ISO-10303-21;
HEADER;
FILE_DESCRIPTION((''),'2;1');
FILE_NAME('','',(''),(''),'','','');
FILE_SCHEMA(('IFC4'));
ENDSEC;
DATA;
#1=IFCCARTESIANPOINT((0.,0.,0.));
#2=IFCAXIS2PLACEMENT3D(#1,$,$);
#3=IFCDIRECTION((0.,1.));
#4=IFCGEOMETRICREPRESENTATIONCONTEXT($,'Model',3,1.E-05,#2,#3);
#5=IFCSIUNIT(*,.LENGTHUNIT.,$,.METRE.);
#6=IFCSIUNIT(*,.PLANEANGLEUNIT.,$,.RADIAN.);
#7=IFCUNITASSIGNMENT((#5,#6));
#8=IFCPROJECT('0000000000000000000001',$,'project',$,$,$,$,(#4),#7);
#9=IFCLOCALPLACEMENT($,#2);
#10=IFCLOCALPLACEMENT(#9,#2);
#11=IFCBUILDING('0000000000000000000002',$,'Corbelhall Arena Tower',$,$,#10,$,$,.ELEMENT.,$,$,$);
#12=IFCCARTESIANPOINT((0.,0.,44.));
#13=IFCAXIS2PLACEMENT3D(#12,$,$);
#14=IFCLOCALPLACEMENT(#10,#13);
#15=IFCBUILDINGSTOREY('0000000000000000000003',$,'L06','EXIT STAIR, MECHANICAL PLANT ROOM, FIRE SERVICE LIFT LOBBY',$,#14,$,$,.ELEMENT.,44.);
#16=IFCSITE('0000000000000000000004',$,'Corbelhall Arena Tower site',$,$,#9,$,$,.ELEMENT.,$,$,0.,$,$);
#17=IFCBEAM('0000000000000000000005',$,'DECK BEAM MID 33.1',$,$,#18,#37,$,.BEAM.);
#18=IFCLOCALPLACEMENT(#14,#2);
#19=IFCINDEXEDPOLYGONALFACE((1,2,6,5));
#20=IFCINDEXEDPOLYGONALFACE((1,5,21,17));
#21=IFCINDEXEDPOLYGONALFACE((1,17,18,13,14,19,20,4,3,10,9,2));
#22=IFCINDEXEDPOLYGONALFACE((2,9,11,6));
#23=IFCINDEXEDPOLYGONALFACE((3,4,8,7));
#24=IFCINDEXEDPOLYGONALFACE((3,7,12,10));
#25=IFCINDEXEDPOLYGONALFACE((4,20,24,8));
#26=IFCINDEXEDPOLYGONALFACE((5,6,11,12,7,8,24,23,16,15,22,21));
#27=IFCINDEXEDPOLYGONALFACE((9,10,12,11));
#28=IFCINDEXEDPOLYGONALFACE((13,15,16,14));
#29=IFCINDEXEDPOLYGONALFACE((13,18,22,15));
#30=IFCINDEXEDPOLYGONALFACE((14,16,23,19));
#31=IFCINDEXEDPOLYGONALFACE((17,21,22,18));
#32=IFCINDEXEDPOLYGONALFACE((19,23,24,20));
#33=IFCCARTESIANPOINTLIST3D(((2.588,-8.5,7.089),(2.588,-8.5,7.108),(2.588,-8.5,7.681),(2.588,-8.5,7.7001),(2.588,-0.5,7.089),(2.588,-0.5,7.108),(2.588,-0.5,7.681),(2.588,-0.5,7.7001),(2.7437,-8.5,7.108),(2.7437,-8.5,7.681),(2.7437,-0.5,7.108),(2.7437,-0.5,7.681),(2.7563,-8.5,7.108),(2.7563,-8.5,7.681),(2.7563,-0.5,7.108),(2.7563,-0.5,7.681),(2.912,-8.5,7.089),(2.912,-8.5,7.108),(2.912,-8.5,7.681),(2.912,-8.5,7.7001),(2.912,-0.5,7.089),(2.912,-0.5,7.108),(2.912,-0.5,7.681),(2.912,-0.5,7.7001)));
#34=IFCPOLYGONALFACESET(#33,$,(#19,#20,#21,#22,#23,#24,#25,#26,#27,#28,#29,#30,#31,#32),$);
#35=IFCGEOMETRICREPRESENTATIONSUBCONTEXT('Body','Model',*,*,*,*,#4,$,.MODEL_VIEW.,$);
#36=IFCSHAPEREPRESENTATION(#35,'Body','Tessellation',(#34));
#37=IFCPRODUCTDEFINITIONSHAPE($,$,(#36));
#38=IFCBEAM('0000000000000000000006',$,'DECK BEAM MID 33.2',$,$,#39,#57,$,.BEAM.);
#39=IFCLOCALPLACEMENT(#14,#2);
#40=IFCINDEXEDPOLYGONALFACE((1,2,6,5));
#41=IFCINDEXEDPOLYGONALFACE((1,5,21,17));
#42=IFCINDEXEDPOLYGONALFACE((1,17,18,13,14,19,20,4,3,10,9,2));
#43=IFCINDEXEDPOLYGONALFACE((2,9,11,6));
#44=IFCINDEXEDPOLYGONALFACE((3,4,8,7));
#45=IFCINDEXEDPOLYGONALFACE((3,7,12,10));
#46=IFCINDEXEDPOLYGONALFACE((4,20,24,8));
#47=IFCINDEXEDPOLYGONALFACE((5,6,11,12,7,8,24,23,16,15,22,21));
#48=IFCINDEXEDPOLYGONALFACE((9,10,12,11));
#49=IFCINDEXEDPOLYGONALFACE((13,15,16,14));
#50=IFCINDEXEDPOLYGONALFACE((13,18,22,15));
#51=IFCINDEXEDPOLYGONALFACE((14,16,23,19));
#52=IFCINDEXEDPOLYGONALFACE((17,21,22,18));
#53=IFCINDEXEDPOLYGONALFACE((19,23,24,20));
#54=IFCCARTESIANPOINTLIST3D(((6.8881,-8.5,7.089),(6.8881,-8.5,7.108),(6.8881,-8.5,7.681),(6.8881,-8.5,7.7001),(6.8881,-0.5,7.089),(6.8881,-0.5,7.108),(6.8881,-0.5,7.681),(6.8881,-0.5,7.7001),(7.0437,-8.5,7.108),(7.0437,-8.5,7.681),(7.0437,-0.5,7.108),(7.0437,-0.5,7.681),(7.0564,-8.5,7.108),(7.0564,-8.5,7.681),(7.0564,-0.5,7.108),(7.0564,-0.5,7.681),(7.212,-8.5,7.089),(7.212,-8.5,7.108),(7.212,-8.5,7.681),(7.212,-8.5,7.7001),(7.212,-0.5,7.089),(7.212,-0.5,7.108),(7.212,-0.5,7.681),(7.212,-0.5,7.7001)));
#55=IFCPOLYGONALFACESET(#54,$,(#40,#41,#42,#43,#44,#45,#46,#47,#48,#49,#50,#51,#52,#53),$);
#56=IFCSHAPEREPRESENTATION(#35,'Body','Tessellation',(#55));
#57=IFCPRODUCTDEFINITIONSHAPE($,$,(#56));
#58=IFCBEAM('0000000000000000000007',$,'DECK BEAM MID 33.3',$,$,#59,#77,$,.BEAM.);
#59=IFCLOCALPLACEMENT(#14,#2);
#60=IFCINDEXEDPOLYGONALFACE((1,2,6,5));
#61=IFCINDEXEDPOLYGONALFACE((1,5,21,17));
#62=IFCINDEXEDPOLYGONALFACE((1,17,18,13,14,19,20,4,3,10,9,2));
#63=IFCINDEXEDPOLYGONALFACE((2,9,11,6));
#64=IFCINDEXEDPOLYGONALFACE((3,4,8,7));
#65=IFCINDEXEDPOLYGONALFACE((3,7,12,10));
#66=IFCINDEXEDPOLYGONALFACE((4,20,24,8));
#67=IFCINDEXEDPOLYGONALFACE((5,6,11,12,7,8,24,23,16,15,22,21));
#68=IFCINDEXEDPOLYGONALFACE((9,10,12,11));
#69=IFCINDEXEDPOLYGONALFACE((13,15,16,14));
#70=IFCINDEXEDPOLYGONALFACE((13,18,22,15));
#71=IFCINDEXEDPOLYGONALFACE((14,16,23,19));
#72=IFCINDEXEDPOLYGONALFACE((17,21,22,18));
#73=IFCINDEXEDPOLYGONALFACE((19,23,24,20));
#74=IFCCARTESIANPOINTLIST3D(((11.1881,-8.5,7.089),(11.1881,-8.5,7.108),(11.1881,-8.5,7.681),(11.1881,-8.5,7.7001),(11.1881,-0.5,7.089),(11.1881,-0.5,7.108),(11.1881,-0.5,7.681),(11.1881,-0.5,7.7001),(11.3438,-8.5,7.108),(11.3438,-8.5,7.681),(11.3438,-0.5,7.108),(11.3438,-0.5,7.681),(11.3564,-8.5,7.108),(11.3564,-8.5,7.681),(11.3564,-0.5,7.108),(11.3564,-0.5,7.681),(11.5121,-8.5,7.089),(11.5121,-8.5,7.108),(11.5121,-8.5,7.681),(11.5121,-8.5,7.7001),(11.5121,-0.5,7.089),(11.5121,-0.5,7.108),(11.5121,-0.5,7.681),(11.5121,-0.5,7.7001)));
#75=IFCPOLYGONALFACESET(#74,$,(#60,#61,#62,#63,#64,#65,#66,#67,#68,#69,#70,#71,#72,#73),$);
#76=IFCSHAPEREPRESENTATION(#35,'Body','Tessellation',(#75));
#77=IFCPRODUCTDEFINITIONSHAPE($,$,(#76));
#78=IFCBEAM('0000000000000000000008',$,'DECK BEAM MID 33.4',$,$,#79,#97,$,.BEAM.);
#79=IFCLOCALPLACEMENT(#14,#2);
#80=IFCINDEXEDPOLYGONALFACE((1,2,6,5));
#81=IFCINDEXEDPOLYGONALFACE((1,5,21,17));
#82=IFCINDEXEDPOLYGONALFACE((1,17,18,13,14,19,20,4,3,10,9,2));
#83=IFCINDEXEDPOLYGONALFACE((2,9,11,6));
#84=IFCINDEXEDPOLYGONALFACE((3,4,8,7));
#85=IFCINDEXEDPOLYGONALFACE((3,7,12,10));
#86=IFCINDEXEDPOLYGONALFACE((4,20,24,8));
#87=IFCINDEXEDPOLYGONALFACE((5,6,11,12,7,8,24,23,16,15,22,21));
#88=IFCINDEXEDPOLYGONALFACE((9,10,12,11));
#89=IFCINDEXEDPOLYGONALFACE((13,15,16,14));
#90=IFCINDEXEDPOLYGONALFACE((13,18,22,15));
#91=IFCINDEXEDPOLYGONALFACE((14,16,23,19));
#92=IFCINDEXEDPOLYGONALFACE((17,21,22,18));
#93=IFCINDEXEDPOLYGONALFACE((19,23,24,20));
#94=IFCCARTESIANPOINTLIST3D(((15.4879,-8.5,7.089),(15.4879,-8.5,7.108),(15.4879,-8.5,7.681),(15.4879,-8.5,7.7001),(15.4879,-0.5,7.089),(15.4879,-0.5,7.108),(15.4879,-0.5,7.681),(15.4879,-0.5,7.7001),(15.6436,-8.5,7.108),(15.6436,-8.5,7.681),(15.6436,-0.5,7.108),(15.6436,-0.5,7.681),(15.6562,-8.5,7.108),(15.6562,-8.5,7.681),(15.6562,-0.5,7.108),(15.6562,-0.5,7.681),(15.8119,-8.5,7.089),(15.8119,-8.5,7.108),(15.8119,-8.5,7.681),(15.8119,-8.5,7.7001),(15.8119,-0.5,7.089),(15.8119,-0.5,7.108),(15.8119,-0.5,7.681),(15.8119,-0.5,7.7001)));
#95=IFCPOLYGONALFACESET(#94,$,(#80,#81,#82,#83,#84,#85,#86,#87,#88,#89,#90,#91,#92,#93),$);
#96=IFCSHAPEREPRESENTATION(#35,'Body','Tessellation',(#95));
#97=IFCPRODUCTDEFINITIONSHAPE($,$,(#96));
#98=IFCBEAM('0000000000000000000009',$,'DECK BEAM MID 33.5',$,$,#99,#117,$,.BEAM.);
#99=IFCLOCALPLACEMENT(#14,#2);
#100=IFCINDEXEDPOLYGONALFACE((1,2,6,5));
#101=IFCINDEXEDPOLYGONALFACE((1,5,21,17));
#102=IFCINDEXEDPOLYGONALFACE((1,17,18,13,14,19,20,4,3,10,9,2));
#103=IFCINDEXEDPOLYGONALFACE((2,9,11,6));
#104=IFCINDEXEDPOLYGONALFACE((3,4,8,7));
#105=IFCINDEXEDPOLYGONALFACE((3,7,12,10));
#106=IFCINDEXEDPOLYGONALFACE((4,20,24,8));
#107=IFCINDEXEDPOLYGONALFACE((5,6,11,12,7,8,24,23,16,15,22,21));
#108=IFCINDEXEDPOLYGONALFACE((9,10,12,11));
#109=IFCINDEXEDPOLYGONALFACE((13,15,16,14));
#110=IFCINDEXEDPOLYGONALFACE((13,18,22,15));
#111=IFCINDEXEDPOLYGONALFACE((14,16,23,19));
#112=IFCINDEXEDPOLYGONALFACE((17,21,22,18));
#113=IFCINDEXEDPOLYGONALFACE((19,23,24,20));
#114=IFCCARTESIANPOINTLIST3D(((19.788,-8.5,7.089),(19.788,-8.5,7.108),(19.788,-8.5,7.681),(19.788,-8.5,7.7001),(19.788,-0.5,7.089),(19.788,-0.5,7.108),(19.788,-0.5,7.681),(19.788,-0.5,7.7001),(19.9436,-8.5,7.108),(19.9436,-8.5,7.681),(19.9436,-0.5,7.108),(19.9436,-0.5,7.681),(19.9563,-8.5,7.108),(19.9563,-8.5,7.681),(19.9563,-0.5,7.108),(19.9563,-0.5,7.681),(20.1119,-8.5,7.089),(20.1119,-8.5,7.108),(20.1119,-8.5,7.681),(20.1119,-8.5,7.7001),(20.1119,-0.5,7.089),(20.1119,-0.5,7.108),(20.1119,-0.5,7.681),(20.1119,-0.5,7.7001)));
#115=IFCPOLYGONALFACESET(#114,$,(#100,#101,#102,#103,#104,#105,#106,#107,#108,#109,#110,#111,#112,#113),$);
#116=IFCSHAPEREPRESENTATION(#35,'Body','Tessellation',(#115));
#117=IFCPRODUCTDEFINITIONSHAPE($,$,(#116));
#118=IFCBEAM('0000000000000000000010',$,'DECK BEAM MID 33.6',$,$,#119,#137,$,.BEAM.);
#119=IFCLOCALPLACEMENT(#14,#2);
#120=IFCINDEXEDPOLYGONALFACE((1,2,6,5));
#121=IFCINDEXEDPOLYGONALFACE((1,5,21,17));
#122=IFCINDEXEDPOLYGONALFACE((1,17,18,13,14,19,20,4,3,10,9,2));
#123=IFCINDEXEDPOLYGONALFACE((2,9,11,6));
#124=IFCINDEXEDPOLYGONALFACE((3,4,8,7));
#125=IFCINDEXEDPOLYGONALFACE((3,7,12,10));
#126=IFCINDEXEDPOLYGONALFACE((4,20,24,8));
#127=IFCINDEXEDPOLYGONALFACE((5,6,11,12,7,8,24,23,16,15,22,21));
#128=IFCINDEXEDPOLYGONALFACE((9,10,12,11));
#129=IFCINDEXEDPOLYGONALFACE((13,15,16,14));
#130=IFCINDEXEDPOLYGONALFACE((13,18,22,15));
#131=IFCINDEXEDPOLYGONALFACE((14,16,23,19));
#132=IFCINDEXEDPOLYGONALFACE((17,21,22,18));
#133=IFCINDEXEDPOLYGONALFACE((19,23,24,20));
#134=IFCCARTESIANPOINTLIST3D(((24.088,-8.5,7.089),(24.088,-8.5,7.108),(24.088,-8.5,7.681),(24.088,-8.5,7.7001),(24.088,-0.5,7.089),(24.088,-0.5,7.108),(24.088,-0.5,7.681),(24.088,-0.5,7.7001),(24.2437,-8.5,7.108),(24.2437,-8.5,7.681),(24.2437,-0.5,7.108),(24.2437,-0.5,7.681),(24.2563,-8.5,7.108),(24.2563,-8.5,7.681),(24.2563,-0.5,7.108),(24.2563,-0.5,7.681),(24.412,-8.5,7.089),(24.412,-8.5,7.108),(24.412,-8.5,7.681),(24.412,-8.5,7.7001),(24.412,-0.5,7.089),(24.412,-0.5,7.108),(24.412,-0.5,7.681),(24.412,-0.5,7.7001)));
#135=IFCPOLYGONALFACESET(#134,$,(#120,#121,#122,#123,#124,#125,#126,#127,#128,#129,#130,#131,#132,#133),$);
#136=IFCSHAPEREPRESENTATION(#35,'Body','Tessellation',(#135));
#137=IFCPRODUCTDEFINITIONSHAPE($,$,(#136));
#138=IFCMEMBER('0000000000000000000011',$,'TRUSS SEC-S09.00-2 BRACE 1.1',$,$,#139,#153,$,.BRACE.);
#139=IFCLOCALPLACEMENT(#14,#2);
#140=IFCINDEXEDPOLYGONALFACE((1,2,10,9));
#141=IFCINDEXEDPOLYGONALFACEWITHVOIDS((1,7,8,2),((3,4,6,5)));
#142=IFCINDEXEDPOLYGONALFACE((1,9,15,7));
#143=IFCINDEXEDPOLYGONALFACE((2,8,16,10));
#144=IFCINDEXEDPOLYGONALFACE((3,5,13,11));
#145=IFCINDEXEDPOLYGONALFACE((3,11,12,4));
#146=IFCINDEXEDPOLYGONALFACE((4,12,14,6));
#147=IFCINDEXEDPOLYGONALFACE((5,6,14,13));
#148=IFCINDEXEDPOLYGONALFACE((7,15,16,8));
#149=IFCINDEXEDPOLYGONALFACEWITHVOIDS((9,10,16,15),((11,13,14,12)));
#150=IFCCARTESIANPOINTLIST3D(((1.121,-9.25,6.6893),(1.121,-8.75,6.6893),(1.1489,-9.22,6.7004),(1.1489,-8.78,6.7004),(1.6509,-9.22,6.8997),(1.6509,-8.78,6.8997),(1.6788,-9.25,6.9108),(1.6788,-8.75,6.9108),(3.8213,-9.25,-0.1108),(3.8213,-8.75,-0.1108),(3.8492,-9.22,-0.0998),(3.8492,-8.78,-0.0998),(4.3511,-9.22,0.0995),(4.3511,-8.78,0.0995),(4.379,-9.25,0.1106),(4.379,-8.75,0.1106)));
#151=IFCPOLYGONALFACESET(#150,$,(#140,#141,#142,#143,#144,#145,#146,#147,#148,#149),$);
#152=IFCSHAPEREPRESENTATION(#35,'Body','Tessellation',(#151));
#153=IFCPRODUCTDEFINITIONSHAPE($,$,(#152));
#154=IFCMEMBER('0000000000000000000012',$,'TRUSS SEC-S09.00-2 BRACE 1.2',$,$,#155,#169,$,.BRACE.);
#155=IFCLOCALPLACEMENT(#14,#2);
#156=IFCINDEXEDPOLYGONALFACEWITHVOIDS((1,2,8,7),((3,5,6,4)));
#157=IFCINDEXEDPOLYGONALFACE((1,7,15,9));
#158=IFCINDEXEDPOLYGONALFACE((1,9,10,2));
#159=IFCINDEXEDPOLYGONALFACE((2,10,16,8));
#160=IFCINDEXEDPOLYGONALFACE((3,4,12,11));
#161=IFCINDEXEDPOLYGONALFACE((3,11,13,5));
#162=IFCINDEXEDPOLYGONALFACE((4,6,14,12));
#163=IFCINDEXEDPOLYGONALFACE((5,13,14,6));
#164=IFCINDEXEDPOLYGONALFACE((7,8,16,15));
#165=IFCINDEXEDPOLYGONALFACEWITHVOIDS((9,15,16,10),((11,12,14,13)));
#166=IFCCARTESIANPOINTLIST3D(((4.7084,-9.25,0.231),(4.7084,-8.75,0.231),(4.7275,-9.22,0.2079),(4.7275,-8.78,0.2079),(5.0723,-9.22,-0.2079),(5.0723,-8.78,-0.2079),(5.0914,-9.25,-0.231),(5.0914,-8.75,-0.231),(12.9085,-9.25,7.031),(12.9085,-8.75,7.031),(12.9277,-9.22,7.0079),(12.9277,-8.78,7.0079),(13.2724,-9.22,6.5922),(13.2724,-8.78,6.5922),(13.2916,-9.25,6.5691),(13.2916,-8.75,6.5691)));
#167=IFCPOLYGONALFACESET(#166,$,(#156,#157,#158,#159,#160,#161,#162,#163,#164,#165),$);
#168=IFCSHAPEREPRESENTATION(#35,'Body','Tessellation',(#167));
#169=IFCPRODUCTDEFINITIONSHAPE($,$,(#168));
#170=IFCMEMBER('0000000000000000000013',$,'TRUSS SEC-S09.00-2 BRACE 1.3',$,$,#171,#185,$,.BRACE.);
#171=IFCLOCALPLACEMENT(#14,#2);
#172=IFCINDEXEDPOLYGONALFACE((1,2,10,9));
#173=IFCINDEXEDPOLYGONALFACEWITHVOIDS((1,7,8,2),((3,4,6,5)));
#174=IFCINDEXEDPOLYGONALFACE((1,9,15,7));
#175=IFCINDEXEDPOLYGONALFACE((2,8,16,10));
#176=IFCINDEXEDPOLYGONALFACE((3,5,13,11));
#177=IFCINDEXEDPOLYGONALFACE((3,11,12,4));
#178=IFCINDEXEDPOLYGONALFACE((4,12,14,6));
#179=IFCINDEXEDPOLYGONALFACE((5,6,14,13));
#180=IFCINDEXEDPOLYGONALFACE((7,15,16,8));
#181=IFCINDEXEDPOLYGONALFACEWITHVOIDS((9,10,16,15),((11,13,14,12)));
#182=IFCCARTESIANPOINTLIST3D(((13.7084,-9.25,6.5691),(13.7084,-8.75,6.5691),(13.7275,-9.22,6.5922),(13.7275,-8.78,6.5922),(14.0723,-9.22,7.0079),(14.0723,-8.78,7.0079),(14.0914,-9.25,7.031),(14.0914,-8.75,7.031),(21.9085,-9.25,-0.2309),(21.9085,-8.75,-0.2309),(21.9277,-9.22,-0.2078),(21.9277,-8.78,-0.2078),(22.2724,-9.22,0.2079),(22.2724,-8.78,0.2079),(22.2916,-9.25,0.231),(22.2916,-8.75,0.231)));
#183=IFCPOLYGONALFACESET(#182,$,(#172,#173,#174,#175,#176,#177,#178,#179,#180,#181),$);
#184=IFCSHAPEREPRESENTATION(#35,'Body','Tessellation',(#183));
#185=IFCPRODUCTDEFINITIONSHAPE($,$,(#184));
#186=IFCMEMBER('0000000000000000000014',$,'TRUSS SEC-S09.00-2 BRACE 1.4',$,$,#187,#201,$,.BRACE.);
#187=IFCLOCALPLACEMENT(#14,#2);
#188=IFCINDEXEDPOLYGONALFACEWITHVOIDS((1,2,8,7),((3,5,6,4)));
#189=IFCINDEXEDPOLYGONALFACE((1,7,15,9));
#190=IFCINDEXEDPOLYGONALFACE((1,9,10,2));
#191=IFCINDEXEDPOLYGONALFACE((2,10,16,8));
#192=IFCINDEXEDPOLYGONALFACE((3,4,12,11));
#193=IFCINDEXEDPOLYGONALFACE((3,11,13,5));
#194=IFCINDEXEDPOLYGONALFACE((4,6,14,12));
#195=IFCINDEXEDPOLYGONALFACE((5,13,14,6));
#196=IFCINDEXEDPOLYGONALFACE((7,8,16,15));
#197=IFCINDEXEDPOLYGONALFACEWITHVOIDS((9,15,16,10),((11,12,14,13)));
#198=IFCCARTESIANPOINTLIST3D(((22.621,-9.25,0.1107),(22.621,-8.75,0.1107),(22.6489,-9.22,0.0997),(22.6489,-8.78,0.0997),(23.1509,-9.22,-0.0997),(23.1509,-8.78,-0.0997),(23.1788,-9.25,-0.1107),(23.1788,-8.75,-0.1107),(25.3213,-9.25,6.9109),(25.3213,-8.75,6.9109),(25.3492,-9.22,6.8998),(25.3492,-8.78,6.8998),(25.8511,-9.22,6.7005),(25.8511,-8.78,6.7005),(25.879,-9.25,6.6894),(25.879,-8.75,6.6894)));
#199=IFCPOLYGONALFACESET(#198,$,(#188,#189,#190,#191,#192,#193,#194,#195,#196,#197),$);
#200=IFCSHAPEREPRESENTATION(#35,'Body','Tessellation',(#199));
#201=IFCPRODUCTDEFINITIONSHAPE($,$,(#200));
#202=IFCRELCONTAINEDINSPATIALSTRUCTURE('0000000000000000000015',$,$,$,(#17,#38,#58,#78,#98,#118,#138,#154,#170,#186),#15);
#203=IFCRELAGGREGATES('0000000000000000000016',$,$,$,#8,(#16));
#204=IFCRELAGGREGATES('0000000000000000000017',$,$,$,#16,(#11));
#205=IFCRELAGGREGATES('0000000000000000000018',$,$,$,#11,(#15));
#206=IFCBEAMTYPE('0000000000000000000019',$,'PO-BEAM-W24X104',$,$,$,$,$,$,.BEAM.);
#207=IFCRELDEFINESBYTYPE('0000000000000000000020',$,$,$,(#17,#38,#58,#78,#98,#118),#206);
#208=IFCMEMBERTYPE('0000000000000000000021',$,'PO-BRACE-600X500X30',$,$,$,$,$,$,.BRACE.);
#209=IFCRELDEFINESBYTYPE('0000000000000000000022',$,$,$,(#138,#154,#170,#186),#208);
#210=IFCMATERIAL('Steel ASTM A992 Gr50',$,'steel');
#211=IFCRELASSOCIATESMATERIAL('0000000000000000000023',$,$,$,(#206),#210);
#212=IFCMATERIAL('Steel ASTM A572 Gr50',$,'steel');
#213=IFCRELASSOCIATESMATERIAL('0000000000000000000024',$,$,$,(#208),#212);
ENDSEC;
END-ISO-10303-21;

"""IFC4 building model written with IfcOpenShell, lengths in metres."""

from ifc_helpers import new_model, si_unit, direction, frame, origin, origin_2d, place, context, subcontext, project, spatial, hollow_rectangle, i_section, extrude, material, material_profile, profile_set, type_object, element, save


model = new_model("IFC4")

# Units and contexts
model_context = context("Model", 3, precision=1e-05, world=origin(), true_north=direction((0.0, 1.0)))
body_context = subcontext(model_context, "Body", "Model", "MODEL_VIEW")
ifc_project = project(units=[si_unit("LENGTHUNIT", "METRE"), si_unit("PLANEANGLEUNIT", "RADIAN")], contexts=[model_context])

# Site, building, storey
site_placement = place(None, origin())
site = spatial("IfcSite", under=ifc_project, at=site_placement, Name="Corbelhall Arena Tower site", CompositionType="ELEMENT", RefElevation=0.0)
building_placement = place(site_placement, origin())
building = spatial("IfcBuilding", under=site, at=building_placement, Name="Corbelhall Arena Tower", CompositionType="ELEMENT")
storey_placement = place(building_placement, frame((0.0, 0.0, 44.0)))
storey = spatial("IfcBuildingStorey", under=building, at=storey_placement, Name="L06", Description="EXIT STAIR, MECHANICAL PLANT ROOM, FIRE SERVICE LIFT LOBBY", CompositionType="ELEMENT", Elevation=44.0)

# Beams
ifc_material_1 = material(Name="Steel ASTM A992 Gr50", Category="steel")
ifc_material_profile_1 = material_profile(ifc_material_1, i_section(OverallWidth=0.324, OverallDepth=0.6111, WebThickness=0.0127, FlangeThickness=0.019, at=origin_2d()))
ifc_profile_set_1 = profile_set([ifc_material_profile_1], Name="Steel ASTM A992 Gr50")
beam_type = type_object("IfcBeamType", Name="PO-BEAM-W24X104", PredefinedType="BEAM", material=ifc_profile_set_1)
for number, where, z_axis, x_axis, name in (
    (1, (2.75, -8.5, 7.3945), (0.0, 1.0, 0.0), (-1.0, 0.0, 0.0), "DECK BEAM MID 33.1"),
    (2, (7.05, -8.5, 7.3945), (0.0, 1.0, 0.0), (-1.0, 0.0, 0.0), "DECK BEAM MID 33.2"),
    (3, (11.3501, -8.5, 7.3945), (0.0, 1.0, 0.0), (-1.0, 0.0, 0.0), "DECK BEAM MID 33.3"),
    (4, (15.6499, -8.5, 7.3945), (0.0, 1.0, 0.0), (-1.0, 0.0, 0.0), "DECK BEAM MID 33.4"),
    (5, (19.95, -8.5, 7.3945), (0.0, 1.0, 0.0), (-1.0, 0.0, 0.0), "DECK BEAM MID 33.5"),
    (6, (24.25, -8.5, 7.3945), (0.0, 1.0, 0.0), (-1.0, 0.0, 0.0), "DECK BEAM MID 33.6"),
):
    element("IfcBeam", number, at=place(storey_placement, frame(where, z_axis=z_axis, x_axis=x_axis)), inside=storey, type_object=beam_type, Name=name, PredefinedType="BEAM", context=body_context, shape_type="SweptSolid", body=[
        extrude(i_section(OverallWidth=0.324, OverallDepth=0.6111, WebThickness=0.0127, FlangeThickness=0.019, at=origin_2d()), origin(), (0.0, 0.0, 1.0), 8.0),
    ])

# Members
ifc_material_2 = material(Name="Steel ASTM A572 Gr50", Category="steel")
ifc_material_profile_2 = material_profile(ifc_material_2, hollow_rectangle(XDim=0.5, YDim=0.6001, WallThickness=0.03, at=origin_2d()))
ifc_profile_set_2 = profile_set([ifc_material_profile_2], Name="Steel ASTM A572 Gr50")
member_type_1 = type_object("IfcMemberType", Name="PO-BRACE-600X500X30", PredefinedType="BRACE", material=ifc_profile_set_2)
member_1_placement = place(storey_placement, frame((1.3999, -9.0, 6.8), z_axis=(0.369054, 0.0, -0.929408), x_axis=(0.0, 1.0, 0.0)))
element("IfcMember", 7, at=member_1_placement, inside=storey, type_object=member_type_1, Name="TRUSS SEC-S09.00-2 BRACE 1.1", PredefinedType="BRACE", context=body_context, shape_type="SweptSolid", body=[
    extrude(hollow_rectangle(XDim=0.5, YDim=0.6001, WallThickness=0.03, at=origin_2d()), origin(), (0.0, 0.0, 1.0), 7.3167),
])
for number, where, z_axis, x_axis, name in (
    (8, (4.8999, -9.0, 0.0), (0.769763, 0.0, 0.63833), (0.0, 1.0, 0.0), "TRUSS SEC-S09.00-2 BRACE 1.2"),
    (9, (13.8999, -9.0, 6.8), (0.769763, 0.0, -0.63833), (0.0, 1.0, 0.0), "TRUSS SEC-S09.00-2 BRACE 1.3"),
):
    element("IfcMember", number, at=place(storey_placement, frame(where, z_axis=z_axis, x_axis=x_axis)), inside=storey, type_object=member_type_1, Name=name, PredefinedType="BRACE", context=body_context, shape_type="SweptSolid", body=[
        extrude(hollow_rectangle(XDim=0.5, YDim=0.6001, WallThickness=0.03, at=origin_2d()), origin(), (0.0, 0.0, 1.0), 10.6528),
    ])
member_2_placement = place(storey_placement, frame((22.8999, -9.0, 0.0), z_axis=(0.369054, 0.0, 0.929408), x_axis=(0.0, 1.0, 0.0)))
element("IfcMember", 10, at=member_2_placement, inside=storey, type_object=member_type_1, Name="TRUSS SEC-S09.00-2 BRACE 1.4", PredefinedType="BRACE", context=body_context, shape_type="SweptSolid", body=[
    extrude(hollow_rectangle(XDim=0.5, YDim=0.6001, WallThickness=0.03, at=origin_2d()), origin(), (0.0, 0.0, 1.0), 7.3167),
])

save(model, "model.ifc")
